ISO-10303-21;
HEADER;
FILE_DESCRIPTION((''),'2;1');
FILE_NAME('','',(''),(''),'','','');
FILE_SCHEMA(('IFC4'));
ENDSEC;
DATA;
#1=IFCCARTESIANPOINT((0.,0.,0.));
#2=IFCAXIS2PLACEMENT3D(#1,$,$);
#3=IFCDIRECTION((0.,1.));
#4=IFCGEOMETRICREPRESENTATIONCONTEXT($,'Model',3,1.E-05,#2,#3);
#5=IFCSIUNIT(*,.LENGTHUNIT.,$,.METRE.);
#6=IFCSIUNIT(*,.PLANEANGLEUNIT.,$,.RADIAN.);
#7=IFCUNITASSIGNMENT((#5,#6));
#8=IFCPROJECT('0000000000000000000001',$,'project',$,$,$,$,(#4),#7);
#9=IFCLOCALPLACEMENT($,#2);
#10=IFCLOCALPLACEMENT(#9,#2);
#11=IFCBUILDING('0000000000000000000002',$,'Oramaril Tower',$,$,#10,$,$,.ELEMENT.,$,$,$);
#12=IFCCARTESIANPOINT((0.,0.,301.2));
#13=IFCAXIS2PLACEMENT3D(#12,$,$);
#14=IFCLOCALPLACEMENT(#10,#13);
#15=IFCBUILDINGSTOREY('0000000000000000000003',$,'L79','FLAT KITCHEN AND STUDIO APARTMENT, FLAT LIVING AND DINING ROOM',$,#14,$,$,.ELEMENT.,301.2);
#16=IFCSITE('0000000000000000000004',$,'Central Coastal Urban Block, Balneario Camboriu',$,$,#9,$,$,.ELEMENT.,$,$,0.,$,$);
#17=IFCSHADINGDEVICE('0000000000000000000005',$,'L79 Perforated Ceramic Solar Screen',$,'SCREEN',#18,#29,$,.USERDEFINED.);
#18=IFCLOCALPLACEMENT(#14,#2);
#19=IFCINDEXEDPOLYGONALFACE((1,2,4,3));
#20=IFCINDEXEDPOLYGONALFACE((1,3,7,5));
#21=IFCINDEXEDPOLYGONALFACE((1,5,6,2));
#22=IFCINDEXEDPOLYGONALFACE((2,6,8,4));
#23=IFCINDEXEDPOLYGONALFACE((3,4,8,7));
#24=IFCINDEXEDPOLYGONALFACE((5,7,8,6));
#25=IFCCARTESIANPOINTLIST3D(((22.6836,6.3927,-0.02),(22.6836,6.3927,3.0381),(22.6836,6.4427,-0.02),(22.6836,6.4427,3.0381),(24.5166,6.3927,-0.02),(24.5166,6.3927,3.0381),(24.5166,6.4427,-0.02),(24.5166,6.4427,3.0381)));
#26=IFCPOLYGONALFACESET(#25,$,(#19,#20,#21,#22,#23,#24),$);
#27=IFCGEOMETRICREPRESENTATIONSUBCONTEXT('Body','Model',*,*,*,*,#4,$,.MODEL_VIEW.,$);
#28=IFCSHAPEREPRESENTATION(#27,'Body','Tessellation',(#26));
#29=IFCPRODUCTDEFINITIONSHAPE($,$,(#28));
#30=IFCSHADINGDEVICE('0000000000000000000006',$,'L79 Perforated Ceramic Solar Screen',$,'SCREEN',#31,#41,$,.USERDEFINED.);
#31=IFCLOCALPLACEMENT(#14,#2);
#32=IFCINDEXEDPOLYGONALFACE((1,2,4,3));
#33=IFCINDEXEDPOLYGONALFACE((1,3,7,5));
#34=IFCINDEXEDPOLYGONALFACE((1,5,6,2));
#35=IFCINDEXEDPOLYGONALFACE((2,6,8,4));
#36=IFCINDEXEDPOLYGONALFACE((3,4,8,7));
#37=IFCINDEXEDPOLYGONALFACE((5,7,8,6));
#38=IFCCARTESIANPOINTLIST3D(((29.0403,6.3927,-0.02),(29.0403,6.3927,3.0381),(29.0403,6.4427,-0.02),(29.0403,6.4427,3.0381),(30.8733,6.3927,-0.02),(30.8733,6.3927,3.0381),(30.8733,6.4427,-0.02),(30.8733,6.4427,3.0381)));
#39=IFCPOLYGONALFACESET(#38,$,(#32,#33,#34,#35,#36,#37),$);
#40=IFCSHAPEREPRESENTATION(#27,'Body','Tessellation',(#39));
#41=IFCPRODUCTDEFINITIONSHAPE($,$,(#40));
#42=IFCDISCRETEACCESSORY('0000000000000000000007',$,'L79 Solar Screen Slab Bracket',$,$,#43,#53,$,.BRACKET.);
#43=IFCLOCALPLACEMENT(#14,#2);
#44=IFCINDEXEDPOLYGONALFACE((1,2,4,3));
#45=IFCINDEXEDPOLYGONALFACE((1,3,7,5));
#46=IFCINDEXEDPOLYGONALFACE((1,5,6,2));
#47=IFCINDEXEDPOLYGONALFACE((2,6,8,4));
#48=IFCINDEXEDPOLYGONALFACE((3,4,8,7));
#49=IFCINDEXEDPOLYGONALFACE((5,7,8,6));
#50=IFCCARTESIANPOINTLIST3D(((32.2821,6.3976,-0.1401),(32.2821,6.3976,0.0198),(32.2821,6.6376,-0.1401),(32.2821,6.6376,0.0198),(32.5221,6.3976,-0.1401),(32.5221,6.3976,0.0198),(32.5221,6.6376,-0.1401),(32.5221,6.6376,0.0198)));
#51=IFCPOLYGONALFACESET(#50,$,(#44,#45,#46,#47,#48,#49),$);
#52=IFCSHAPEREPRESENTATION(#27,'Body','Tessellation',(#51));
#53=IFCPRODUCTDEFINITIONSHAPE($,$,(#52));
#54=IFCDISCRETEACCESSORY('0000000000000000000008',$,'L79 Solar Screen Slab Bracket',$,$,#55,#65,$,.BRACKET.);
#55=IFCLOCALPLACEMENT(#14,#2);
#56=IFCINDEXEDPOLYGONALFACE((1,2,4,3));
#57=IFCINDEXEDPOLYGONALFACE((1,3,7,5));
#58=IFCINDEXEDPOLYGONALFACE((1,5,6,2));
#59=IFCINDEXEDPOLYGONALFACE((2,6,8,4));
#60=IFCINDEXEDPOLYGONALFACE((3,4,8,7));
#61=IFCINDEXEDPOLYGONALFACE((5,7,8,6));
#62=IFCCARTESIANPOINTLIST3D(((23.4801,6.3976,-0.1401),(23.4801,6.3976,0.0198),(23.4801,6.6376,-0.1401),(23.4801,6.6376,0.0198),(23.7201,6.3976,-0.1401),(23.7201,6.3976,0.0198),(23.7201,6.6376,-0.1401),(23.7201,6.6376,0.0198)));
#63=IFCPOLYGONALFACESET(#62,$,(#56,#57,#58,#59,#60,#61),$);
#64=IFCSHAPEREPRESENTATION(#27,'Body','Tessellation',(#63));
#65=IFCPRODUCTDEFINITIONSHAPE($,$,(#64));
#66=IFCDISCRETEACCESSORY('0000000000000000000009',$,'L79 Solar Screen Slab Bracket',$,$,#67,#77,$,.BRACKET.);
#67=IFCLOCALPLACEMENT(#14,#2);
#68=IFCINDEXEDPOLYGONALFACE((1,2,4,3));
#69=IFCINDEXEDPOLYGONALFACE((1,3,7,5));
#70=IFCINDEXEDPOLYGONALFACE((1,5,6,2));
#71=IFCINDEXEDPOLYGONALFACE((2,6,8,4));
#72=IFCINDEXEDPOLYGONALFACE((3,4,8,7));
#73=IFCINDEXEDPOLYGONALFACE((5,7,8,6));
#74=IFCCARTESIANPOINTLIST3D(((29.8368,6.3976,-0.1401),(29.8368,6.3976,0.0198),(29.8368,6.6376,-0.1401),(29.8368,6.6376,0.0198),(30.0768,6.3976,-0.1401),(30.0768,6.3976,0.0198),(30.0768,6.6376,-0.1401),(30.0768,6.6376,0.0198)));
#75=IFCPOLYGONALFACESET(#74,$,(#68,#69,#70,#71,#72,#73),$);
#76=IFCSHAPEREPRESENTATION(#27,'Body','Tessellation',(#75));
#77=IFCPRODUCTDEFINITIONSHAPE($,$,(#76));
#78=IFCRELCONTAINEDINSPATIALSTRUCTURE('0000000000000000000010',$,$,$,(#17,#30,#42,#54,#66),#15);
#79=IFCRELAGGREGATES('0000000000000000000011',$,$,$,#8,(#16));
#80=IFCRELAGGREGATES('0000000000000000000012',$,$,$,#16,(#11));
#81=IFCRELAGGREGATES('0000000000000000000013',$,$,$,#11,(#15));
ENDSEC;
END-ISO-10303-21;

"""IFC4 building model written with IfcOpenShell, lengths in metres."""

from ifc_helpers import new_model, si_unit, direction, frame, origin, origin_2d, place, context, subcontext, project, spatial, rectangle, extrude, element, save


model = new_model("IFC4")

# Units and contexts
model_context = context("Model", 3, precision=1e-05, world=origin(), true_north=direction((0.0, 1.0)))
body_context = subcontext(model_context, "Body", "Model", "MODEL_VIEW")
ifc_project = project(units=[si_unit("LENGTHUNIT", "METRE"), si_unit("PLANEANGLEUNIT", "RADIAN")], contexts=[model_context])

# Site, building, storey
site_placement = place(None, origin())
site = spatial("IfcSite", under=ifc_project, at=site_placement, Name="Central Coastal Urban Block, Balneario Camboriu", CompositionType="ELEMENT", RefElevation=0.0)
building_placement = place(site_placement, origin())
building = spatial("IfcBuilding", under=site, at=building_placement, Name="Oramaril Tower", CompositionType="ELEMENT")
storey_placement = place(building_placement, frame((0.0, 0.0, 301.2)))
storey = spatial("IfcBuildingStorey", under=building, at=storey_placement, Name="L79", Description="FLAT KITCHEN AND STUDIO APARTMENT, FLAT LIVING AND DINING ROOM", CompositionType="ELEMENT", Elevation=301.2)

# Shading devices
for number, where, z_axis, x_axis, name in (
    (1, (23.6001, 6.4177, -0.02), (0.0, 0.0, 1.0), (1.0, 0.0, 0.0), "L79 Perforated Ceramic Solar Screen"),
    (2, (29.9568, 6.4177, -0.02), (0.0, 0.0, 1.0), (1.0, 0.0, 0.0), "L79 Perforated Ceramic Solar Screen"),
):
    element("IfcShadingDevice", number, at=place(storey_placement, frame(where, z_axis=z_axis, x_axis=x_axis)), inside=storey, Name=name, ObjectType="SCREEN", PredefinedType="USERDEFINED", context=body_context, shape_type="SweptSolid", body=[
        extrude(rectangle(XDim=1.833, YDim=0.05, at=origin_2d()), origin(), (0.0, 0.0, 1.0), 3.0581),
    ])

# Discrete accessories
for number, where, z_axis, x_axis, name in (
    (3, (32.4021, 6.5176, -0.1401), (0.0, 0.0, 1.0), (1.0, 0.0, 0.0), "L79 Solar Screen Slab Bracket"),
    (4, (23.6001, 6.5176, -0.1401), (0.0, 0.0, 1.0), (1.0, 0.0, 0.0), "L79 Solar Screen Slab Bracket"),
    (5, (29.9568, 6.5176, -0.1401), (0.0, 0.0, 1.0), (1.0, 0.0, 0.0), "L79 Solar Screen Slab Bracket"),
):
    element("IfcDiscreteAccessory", number, at=place(storey_placement, frame(where, z_axis=z_axis, x_axis=x_axis)), inside=storey, Name=name, PredefinedType="BRACKET", context=body_context, shape_type="SweptSolid", body=[
        extrude(rectangle(XDim=0.24, YDim=0.24, at=origin_2d()), origin(), (0.0, 0.0, 1.0), 0.1599),
    ])

save(model, "model.ifc")
